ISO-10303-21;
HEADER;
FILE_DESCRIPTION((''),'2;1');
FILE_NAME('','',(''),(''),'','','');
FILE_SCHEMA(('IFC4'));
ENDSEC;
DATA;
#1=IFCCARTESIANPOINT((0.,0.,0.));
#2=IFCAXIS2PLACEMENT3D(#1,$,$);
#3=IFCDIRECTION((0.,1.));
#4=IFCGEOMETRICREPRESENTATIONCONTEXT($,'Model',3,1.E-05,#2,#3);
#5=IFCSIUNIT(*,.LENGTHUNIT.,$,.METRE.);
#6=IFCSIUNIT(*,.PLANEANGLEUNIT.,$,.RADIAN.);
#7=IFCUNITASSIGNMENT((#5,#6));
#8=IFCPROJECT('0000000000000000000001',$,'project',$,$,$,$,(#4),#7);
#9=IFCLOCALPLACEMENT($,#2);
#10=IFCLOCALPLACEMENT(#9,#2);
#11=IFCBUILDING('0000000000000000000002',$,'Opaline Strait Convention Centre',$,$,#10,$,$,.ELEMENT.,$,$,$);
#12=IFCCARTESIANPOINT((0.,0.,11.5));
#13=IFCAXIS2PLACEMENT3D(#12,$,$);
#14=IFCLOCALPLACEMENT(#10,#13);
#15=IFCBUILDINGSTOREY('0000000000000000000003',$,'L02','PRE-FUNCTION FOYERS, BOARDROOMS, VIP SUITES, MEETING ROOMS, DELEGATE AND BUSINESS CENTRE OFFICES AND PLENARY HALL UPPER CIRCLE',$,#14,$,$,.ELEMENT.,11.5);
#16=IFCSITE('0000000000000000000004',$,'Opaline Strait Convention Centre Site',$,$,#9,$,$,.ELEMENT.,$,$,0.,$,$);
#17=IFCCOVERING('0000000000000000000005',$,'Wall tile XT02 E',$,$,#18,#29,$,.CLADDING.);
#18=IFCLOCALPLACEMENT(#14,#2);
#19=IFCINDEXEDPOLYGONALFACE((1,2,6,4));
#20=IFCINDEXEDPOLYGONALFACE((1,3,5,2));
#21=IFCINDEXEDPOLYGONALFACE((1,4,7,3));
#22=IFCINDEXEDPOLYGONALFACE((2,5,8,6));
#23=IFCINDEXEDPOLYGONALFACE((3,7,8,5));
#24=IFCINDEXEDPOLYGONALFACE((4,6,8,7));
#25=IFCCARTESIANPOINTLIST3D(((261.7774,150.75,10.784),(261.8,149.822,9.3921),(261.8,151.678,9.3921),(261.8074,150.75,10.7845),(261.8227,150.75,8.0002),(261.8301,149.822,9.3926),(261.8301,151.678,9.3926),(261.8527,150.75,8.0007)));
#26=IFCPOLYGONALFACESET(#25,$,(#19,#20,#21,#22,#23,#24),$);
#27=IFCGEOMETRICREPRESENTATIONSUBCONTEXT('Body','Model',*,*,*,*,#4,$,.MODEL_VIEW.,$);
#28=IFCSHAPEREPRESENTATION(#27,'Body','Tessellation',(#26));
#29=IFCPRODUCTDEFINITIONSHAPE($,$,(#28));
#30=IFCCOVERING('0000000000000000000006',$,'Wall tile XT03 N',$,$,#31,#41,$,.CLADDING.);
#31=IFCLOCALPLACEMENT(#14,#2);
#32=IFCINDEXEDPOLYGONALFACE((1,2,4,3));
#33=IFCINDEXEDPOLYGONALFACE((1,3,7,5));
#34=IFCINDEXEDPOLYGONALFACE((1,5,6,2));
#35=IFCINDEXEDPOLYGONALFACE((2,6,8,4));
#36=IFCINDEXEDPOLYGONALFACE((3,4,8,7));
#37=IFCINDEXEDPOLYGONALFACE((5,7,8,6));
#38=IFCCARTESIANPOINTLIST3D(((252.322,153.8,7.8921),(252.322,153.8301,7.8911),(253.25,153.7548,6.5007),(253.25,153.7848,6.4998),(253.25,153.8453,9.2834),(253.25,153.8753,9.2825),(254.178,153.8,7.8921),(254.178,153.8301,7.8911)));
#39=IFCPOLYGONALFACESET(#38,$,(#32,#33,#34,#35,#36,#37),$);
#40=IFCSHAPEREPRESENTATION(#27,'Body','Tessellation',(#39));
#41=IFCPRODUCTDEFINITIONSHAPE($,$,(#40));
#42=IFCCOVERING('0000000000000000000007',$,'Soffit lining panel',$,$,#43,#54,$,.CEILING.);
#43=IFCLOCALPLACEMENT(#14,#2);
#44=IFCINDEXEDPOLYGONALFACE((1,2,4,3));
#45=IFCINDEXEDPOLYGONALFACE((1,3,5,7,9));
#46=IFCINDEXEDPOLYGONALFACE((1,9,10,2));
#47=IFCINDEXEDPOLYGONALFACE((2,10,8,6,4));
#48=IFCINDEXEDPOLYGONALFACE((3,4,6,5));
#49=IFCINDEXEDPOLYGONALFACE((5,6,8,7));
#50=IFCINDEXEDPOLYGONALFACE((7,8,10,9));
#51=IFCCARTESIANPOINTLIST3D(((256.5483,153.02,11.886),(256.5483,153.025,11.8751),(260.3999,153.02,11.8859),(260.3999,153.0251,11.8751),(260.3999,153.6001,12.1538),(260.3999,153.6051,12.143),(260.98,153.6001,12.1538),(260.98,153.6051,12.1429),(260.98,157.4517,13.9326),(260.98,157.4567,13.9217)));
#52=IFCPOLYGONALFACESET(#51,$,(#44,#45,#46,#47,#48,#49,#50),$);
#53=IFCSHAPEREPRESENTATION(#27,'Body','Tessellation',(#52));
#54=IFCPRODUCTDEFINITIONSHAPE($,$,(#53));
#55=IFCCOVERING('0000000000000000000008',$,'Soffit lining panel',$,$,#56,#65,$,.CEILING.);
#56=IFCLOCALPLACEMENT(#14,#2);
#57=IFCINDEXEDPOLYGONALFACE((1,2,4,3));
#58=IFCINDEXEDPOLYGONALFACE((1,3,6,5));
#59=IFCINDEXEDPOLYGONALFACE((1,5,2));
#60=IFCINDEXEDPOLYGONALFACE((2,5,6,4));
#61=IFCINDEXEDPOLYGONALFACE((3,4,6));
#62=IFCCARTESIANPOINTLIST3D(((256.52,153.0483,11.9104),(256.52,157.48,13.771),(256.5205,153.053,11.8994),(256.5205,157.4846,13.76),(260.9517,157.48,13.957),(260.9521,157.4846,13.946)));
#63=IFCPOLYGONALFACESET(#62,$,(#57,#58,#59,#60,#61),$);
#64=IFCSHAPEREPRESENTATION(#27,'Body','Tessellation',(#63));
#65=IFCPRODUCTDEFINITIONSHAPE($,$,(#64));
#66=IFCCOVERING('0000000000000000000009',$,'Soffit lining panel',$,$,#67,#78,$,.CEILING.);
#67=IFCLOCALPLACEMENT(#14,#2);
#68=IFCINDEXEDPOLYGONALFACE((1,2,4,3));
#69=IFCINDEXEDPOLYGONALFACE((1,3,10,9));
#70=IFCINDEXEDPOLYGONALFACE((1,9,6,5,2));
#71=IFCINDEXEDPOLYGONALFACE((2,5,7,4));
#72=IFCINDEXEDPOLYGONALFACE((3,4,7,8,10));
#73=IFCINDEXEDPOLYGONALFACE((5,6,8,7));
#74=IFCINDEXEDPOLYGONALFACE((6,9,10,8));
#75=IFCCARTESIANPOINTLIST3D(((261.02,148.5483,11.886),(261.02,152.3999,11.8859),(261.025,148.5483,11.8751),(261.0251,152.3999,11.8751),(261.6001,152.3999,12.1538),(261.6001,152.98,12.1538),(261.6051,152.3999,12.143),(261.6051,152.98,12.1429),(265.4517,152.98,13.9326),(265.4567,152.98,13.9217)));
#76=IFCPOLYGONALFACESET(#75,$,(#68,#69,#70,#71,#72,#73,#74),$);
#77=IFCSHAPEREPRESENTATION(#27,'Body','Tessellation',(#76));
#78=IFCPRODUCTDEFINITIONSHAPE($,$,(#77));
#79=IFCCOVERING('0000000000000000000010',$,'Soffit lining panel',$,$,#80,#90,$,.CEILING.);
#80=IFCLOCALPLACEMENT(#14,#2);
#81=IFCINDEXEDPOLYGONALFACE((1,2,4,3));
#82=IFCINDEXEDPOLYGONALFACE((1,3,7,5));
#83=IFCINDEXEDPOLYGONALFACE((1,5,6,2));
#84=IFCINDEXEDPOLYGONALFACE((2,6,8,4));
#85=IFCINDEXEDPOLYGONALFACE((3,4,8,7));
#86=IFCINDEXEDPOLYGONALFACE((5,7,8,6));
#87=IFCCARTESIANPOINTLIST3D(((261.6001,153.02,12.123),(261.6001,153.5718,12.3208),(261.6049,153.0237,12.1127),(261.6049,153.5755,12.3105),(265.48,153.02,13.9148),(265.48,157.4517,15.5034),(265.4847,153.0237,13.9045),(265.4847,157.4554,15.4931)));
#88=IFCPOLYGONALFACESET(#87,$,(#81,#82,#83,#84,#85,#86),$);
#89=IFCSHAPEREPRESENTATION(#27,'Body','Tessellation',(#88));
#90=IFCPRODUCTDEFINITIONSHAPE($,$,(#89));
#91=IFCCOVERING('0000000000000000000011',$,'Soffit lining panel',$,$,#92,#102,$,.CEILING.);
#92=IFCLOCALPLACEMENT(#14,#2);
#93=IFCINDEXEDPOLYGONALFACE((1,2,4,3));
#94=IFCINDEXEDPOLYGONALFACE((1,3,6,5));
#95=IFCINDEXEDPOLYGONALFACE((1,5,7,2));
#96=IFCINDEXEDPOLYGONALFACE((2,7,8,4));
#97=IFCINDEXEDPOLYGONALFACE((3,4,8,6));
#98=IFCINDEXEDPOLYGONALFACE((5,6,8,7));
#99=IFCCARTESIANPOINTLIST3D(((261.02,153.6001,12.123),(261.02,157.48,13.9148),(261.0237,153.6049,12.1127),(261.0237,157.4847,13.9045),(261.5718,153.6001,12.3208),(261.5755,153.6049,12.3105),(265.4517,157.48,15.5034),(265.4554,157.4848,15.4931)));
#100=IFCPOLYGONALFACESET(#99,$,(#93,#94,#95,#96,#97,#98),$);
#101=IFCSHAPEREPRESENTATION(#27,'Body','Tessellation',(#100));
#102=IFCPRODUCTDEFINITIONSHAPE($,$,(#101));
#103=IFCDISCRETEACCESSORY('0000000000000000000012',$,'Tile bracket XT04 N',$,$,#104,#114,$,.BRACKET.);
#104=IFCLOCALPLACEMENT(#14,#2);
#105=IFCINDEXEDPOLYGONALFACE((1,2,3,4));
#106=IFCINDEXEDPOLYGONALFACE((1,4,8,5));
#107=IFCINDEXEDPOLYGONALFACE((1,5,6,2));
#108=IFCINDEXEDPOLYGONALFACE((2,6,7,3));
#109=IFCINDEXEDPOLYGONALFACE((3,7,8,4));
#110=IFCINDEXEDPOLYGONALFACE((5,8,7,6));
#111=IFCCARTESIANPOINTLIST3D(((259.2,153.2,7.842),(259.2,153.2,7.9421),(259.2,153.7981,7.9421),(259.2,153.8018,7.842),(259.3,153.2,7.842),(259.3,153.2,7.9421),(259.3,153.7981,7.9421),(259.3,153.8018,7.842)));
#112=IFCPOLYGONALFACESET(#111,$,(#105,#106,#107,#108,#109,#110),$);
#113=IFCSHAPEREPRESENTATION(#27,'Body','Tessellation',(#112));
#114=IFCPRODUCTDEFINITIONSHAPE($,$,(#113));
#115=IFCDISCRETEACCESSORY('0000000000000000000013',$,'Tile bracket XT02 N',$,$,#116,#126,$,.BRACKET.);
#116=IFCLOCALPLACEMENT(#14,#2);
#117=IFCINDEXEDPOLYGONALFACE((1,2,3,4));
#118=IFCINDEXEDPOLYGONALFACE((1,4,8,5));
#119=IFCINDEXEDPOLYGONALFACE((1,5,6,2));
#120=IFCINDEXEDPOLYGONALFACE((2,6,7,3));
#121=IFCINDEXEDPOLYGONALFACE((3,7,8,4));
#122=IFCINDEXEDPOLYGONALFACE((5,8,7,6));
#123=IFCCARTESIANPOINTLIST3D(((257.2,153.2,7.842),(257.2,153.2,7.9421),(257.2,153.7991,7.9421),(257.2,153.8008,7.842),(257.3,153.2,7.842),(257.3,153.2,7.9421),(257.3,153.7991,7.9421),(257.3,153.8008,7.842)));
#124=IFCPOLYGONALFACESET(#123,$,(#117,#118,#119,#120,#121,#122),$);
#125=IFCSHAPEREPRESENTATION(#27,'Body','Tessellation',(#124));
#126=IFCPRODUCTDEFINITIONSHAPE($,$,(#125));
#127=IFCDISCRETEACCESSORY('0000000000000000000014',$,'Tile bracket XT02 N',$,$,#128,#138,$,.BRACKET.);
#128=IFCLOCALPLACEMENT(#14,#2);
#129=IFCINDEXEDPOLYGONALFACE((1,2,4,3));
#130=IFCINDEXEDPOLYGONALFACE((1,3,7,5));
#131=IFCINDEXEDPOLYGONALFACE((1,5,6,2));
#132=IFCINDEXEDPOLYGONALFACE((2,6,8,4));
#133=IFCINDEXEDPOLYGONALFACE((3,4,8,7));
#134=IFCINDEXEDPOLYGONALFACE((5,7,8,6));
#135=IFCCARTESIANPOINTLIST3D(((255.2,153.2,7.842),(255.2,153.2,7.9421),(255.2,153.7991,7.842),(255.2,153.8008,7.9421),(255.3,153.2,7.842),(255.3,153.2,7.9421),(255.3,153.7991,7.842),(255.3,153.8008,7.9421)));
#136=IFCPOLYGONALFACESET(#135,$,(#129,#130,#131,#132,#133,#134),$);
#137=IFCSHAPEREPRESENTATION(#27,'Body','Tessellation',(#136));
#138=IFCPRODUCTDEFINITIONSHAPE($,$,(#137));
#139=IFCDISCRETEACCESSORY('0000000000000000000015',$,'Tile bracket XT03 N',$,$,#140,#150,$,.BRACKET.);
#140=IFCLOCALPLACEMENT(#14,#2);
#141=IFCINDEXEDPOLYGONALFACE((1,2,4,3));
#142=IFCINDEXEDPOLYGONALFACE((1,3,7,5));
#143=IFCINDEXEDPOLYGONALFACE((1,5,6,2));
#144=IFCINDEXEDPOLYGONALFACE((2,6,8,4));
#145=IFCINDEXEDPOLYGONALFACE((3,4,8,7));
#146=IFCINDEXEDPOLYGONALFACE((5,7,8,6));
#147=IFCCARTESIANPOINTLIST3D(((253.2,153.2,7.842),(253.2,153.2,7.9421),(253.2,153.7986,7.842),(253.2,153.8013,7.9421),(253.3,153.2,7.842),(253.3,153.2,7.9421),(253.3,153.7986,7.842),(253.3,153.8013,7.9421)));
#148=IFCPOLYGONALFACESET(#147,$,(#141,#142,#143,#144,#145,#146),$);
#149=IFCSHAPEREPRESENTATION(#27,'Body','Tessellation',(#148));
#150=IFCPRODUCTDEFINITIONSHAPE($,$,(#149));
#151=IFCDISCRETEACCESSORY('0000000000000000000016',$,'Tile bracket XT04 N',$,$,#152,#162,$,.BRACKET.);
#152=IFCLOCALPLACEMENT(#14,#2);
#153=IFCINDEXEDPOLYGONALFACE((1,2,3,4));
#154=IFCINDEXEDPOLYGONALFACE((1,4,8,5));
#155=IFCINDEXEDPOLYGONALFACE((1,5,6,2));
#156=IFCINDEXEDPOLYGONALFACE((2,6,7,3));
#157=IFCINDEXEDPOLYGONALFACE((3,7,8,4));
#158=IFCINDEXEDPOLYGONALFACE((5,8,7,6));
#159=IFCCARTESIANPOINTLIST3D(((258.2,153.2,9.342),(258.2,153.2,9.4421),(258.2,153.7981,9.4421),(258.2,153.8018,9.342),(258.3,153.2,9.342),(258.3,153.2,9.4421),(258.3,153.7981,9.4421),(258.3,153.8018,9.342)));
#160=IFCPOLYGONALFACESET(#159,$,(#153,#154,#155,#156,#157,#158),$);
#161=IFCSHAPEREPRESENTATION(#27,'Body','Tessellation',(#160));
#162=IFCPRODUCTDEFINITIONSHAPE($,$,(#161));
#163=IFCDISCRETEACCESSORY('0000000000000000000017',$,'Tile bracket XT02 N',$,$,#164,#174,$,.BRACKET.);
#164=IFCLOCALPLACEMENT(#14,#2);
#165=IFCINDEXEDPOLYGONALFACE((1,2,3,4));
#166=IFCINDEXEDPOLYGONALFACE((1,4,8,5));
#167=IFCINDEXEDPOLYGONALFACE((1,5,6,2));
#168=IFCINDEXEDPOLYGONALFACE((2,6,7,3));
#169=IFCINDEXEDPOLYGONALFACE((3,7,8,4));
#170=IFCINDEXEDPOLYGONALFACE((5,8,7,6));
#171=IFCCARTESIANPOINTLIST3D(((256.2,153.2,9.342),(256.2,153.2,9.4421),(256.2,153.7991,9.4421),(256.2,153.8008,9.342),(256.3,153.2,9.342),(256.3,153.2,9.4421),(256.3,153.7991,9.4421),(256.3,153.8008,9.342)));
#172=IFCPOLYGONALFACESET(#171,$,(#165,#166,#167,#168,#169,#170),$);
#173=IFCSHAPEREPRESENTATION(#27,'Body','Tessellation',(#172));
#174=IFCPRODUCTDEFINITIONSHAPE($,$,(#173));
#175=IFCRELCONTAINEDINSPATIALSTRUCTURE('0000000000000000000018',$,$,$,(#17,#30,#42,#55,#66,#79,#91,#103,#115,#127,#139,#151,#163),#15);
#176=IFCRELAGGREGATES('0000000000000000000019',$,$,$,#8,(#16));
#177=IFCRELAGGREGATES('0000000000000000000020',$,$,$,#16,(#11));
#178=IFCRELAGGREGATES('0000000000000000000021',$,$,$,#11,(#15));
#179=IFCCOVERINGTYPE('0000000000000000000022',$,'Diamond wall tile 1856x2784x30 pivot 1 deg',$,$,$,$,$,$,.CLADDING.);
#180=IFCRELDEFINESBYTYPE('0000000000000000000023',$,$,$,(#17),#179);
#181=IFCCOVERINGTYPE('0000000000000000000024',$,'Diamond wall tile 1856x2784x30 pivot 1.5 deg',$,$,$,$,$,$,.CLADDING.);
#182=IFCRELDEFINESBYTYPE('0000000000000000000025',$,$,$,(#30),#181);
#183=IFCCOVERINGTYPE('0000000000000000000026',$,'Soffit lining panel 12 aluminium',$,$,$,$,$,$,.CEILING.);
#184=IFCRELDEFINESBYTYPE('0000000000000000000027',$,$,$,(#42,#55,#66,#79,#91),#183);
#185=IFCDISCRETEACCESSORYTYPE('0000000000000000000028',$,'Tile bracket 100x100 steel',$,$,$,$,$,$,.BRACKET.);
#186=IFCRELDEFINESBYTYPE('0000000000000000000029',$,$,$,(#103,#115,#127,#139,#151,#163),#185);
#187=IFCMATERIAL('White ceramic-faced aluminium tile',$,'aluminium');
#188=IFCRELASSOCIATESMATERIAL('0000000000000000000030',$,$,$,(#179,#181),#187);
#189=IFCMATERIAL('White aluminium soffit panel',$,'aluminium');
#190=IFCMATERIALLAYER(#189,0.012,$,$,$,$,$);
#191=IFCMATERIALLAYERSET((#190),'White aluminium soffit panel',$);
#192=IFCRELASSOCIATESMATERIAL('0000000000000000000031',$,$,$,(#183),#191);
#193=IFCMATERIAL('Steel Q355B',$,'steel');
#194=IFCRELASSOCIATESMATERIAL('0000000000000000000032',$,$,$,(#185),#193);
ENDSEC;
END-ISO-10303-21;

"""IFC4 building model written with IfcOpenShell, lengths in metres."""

from ifc_helpers import new_model, si_unit, direction, frame, origin, place, context, subcontext, project, spatial, polyline, outline, extrude, material, layer, layer_set, material_profile, profile_set, type_object, element, save


model = new_model("IFC4")

# Units and contexts
model_context = context("Model", 3, precision=1e-05, world=origin(), true_north=direction((0.0, 1.0)))
body_context = subcontext(model_context, "Body", "Model", "MODEL_VIEW")
ifc_project = project(units=[si_unit("LENGTHUNIT", "METRE"), si_unit("PLANEANGLEUNIT", "RADIAN")], contexts=[model_context])

# Site, building, storey
site_placement = place(None, origin())
site = spatial("IfcSite", under=ifc_project, at=site_placement, Name="Opaline Strait Convention Centre Site", CompositionType="ELEMENT", RefElevation=0.0)
building_placement = place(site_placement, origin())
building = spatial("IfcBuilding", under=site, at=building_placement, Name="Opaline Strait Convention Centre", CompositionType="ELEMENT")
storey_placement = place(building_placement, frame((0.0, 0.0, 11.5)))
storey = spatial("IfcBuildingStorey", under=building, at=storey_placement, Name="L02", Description="PRE-FUNCTION FOYERS, BOARDROOMS, VIP SUITES, MEETING ROOMS, DELEGATE AND BUSINESS CENTRE OFFICES AND PLENARY HALL UPPER CIRCLE", CompositionType="ELEMENT", Elevation=11.5)

# Shared definitions
ifc_material_1 = material(Name="Steel Q355B", Category="steel")

# Coverings
ifc_material_2 = material(Name="White ceramic-faced aluminium tile", Category="aluminium")
ifc_material_profile_1 = material_profile(ifc_material_2, outline(polyline([(0.928, 0.0), (0.0, 1.3921), (-0.928, 0.0), (0.0, -1.3921), (0.928, 0.0)])), Name="Diamond tile 1856x2784")
ifc_profile_set_1 = profile_set([ifc_material_profile_1], Name="White ceramic-faced aluminium tile")
covering_type_1 = type_object("IfcCoveringType", Name="Diamond wall tile 1856x2784x30 pivot 1 deg", PredefinedType="CLADDING", material=ifc_profile_set_1)
for number, where, z_axis, x_axis, name in (
    (1, (261.8, 150.75, 9.3921), (0.999868, 0.0, 0.016258), (0.0, 1.0, 0.0), "Wall tile XT02 E"),
):
    element("IfcCovering", number, at=place(storey_placement, frame(where, z_axis=z_axis, x_axis=x_axis)), inside=storey, type_object=covering_type_1, Name=name, PredefinedType="CLADDING", context=body_context, shape_type="SweptSolid", body=[
        extrude(outline(polyline([(0.928, 0.0), (0.0, 1.3921), (-0.928, 0.0), (0.0, -1.3921), (0.928, 0.0)])), origin(), (0.0, 0.0, 1.0), 0.03),
    ])
ifc_material_profile_2 = material_profile(ifc_material_2, outline(polyline([(0.928, 0.0), (0.0, 1.3921), (-0.928, 0.0), (0.0, -1.3921), (0.928, 0.0)])), Name="Diamond tile 1856x2784")
ifc_profile_set_2 = profile_set([ifc_material_profile_2], Name="White ceramic-faced aluminium tile")
covering_type_2 = type_object("IfcCoveringType", Name="Diamond wall tile 1856x2784x30 pivot 1.5 deg", PredefinedType="CLADDING", material=ifc_profile_set_2)
covering_1_placement = place(storey_placement, frame((253.25, 153.8, 7.8921), z_axis=(0.0, 0.999472, -0.032503), x_axis=(-1.0, 0.0, 0.0)))
element("IfcCovering", 2, at=covering_1_placement, inside=storey, type_object=covering_type_2, Name="Wall tile XT03 N", PredefinedType="CLADDING", context=body_context, shape_type="SweptSolid", body=[
    extrude(outline(polyline([(0.928, 0.0), (0.0, 1.3921), (-0.928, 0.0), (0.0, -1.3921), (0.928, 0.0)])), origin(), (0.0, 0.0, 1.0), 0.03),
])
ifc_material_3 = material(Name="White aluminium soffit panel", Category="aluminium")
ifc_layer = layer(ifc_material_3, 0.012)
ifc_layer_set = layer_set([ifc_layer], Name="White aluminium soffit panel")
covering_type_3 = type_object("IfcCoveringType", Name="Soffit lining panel 12 aluminium", PredefinedType="CEILING", material=ifc_layer_set)
covering_2_placement = place(storey_placement, frame((256.5483, 153.02, 11.886), z_axis=(0.000015, -0.419274, 0.90786), x_axis=(0.672174, 0.672177, 0.310418)))
element("IfcCovering", 3, at=covering_2_placement, inside=storey, type_object=covering_type_3, Name="Soffit lining panel", PredefinedType="CEILING", context=body_context, shape_type="SweptSolid", body=[
    extrude(outline(polyline([(0.0, 0.0), (6.593, 0.0), (3.4519, -2.8517), (3.062, -2.4222), (2.5889, -2.8517), (0.0, 0.0)])), origin(), (0.0, 0.0, -1.0), 0.012),
])
covering_3_placement = place(storey_placement, frame((256.52, 153.0483, 11.9104), z_axis=(-0.038677, -0.38682, 0.921344), x_axis=(0.0, 0.922034, 0.38711)))
element("IfcCovering", 4, at=covering_3_placement, inside=storey, type_object=covering_type_3, Name="Soffit lining panel", PredefinedType="CEILING", context=body_context, shape_type="SweptSolid", body=[
    extrude(outline(polyline([(0.0, 0.0), (4.8064, 0.0), (4.8784, -4.435), (0.0, 0.0)])), origin(), (0.0, 0.0, -1.0), 0.012),
])
covering_4_placement = place(storey_placement, frame((261.02, 148.5483, 11.886), z_axis=(-0.419274, 0.000015, 0.90786), x_axis=(0.000006, 1.0, -0.000014)))
element("IfcCovering", 5, at=covering_4_placement, inside=storey, type_object=covering_type_3, Name="Soffit lining panel", PredefinedType="CEILING", context=body_context, shape_type="SweptSolid", body=[
    extrude(outline(polyline([(0.0, 0.0), (3.8516, 0.0), (3.8516, -0.6389), (4.4316, -0.6389), (4.4316, -4.8814), (0.0, 0.0)])), origin(), (0.0, 0.0, -1.0), 0.012),
])
covering_5_placement = place(storey_placement, frame((261.6001, 153.02, 12.123), z_axis=(-0.398683, -0.309463, 0.863299), x_axis=(-0.000019, 0.94135, 0.337433)))
element("IfcCovering", 6, at=covering_5_placement, inside=storey, type_object=covering_type_3, Name="Soffit lining panel", PredefinedType="CEILING", context=body_context, shape_type="SweptSolid", body=[
    extrude(outline(polyline([(0.0, 0.0), (0.5861, 0.0), (5.3123, -4.2308), (0.6045, -4.2307), (0.0, 0.0)])), origin(), (0.0, 0.0, -1.0), 0.012),
])
covering_6_placement = place(storey_placement, frame((261.5718, 153.6001, 12.3208), z_axis=(-0.309463, -0.398683, 0.863299), x_axis=(-0.94135, 0.000019, -0.337433)))
element("IfcCovering", 7, at=covering_6_placement, inside=storey, type_object=covering_type_3, Name="Soffit lining panel", PredefinedType="CEILING", context=body_context, shape_type="SweptSolid", body=[
    extrude(outline(polyline([(0.0, 0.0), (0.5861, 0.0), (-0.0184, -4.2307), (-4.7262, -4.2308), (0.0, 0.0)])), origin(), (0.0, 0.0, -1.0), 0.012),
])

# Discrete accessories
discrete_accessory_type = type_object("IfcDiscreteAccessoryType", Name="Tile bracket 100x100 steel", PredefinedType="BRACKET", material=ifc_material_1)
discrete_accessory_1_placement = place(storey_placement, frame((259.3, 153.2, 7.8921), z_axis=(-1.0, 0.0, 0.0), x_axis=(0.0, -1.0, 0.0)))
element("IfcDiscreteAccessory", 8, at=discrete_accessory_1_placement, inside=storey, type_object=discrete_accessory_type, Name="Tile bracket XT04 N", PredefinedType="BRACKET", context=body_context, shape_type="SweptSolid", body=[
    extrude(outline(polyline([(0.0, -0.05), (0.0, 0.05), (-0.5981, 0.05), (-0.6018, -0.05), (0.0, -0.05)])), origin(), (0.0, 0.0, 1.0), 0.1001),
])
discrete_accessory_2_placement = place(storey_placement, frame((257.3, 153.2, 7.8921), z_axis=(-1.0, 0.0, 0.0), x_axis=(0.0, -1.0, 0.0)))
element("IfcDiscreteAccessory", 9, at=discrete_accessory_2_placement, inside=storey, type_object=discrete_accessory_type, Name="Tile bracket XT02 N", PredefinedType="BRACKET", context=body_context, shape_type="SweptSolid", body=[
    extrude(outline(polyline([(0.0, -0.05), (0.0, 0.05), (-0.5991, 0.05), (-0.6008, -0.05), (0.0, -0.05)])), origin(), (0.0, 0.0, 1.0), 0.1001),
])
discrete_accessory_3_placement = place(storey_placement, frame((255.3, 153.2, 7.8921), z_axis=(-1.0, 0.0, 0.0), x_axis=(0.0, -1.0, 0.0)))
element("IfcDiscreteAccessory", 10, at=discrete_accessory_3_placement, inside=storey, type_object=discrete_accessory_type, Name="Tile bracket XT02 N", PredefinedType="BRACKET", context=body_context, shape_type="SweptSolid", body=[
    extrude(outline(polyline([(0.0, -0.05), (0.0, 0.05), (-0.6008, 0.05), (-0.5991, -0.05), (0.0, -0.05)])), origin(), (0.0, 0.0, 1.0), 0.1001),
])
discrete_accessory_4_placement = place(storey_placement, frame((253.3, 153.2, 7.8921), z_axis=(-1.0, 0.0, 0.0), x_axis=(0.0, -1.0, 0.0)))
element("IfcDiscreteAccessory", 11, at=discrete_accessory_4_placement, inside=storey, type_object=discrete_accessory_type, Name="Tile bracket XT03 N", PredefinedType="BRACKET", context=body_context, shape_type="SweptSolid", body=[
    extrude(outline(polyline([(0.0, -0.05), (0.0, 0.05), (-0.6013, 0.05), (-0.5986, -0.05), (0.0, -0.05)])), origin(), (0.0, 0.0, 1.0), 0.1001),
])
discrete_accessory_5_placement = place(storey_placement, frame((258.3, 153.2, 9.3921), z_axis=(-1.0, 0.0, 0.0), x_axis=(0.0, -1.0, 0.0)))
element("IfcDiscreteAccessory", 12, at=discrete_accessory_5_placement, inside=storey, type_object=discrete_accessory_type, Name="Tile bracket XT04 N", PredefinedType="BRACKET", context=body_context, shape_type="SweptSolid", body=[
    extrude(outline(polyline([(0.0, -0.05), (0.0, 0.05), (-0.5981, 0.05), (-0.6018, -0.05), (0.0, -0.05)])), origin(), (0.0, 0.0, 1.0), 0.1001),
])
discrete_accessory_6_placement = place(storey_placement, frame((256.3, 153.2, 9.3921), z_axis=(-1.0, 0.0, 0.0), x_axis=(0.0, -1.0, 0.0)))
element("IfcDiscreteAccessory", 13, at=discrete_accessory_6_placement, inside=storey, type_object=discrete_accessory_type, Name="Tile bracket XT02 N", PredefinedType="BRACKET", context=body_context, shape_type="SweptSolid", body=[
    extrude(outline(polyline([(0.0, -0.05), (0.0, 0.05), (-0.5991, 0.05), (-0.6008, -0.05), (0.0, -0.05)])), origin(), (0.0, 0.0, 1.0), 0.1001),
])

save(model, "model.ifc")
